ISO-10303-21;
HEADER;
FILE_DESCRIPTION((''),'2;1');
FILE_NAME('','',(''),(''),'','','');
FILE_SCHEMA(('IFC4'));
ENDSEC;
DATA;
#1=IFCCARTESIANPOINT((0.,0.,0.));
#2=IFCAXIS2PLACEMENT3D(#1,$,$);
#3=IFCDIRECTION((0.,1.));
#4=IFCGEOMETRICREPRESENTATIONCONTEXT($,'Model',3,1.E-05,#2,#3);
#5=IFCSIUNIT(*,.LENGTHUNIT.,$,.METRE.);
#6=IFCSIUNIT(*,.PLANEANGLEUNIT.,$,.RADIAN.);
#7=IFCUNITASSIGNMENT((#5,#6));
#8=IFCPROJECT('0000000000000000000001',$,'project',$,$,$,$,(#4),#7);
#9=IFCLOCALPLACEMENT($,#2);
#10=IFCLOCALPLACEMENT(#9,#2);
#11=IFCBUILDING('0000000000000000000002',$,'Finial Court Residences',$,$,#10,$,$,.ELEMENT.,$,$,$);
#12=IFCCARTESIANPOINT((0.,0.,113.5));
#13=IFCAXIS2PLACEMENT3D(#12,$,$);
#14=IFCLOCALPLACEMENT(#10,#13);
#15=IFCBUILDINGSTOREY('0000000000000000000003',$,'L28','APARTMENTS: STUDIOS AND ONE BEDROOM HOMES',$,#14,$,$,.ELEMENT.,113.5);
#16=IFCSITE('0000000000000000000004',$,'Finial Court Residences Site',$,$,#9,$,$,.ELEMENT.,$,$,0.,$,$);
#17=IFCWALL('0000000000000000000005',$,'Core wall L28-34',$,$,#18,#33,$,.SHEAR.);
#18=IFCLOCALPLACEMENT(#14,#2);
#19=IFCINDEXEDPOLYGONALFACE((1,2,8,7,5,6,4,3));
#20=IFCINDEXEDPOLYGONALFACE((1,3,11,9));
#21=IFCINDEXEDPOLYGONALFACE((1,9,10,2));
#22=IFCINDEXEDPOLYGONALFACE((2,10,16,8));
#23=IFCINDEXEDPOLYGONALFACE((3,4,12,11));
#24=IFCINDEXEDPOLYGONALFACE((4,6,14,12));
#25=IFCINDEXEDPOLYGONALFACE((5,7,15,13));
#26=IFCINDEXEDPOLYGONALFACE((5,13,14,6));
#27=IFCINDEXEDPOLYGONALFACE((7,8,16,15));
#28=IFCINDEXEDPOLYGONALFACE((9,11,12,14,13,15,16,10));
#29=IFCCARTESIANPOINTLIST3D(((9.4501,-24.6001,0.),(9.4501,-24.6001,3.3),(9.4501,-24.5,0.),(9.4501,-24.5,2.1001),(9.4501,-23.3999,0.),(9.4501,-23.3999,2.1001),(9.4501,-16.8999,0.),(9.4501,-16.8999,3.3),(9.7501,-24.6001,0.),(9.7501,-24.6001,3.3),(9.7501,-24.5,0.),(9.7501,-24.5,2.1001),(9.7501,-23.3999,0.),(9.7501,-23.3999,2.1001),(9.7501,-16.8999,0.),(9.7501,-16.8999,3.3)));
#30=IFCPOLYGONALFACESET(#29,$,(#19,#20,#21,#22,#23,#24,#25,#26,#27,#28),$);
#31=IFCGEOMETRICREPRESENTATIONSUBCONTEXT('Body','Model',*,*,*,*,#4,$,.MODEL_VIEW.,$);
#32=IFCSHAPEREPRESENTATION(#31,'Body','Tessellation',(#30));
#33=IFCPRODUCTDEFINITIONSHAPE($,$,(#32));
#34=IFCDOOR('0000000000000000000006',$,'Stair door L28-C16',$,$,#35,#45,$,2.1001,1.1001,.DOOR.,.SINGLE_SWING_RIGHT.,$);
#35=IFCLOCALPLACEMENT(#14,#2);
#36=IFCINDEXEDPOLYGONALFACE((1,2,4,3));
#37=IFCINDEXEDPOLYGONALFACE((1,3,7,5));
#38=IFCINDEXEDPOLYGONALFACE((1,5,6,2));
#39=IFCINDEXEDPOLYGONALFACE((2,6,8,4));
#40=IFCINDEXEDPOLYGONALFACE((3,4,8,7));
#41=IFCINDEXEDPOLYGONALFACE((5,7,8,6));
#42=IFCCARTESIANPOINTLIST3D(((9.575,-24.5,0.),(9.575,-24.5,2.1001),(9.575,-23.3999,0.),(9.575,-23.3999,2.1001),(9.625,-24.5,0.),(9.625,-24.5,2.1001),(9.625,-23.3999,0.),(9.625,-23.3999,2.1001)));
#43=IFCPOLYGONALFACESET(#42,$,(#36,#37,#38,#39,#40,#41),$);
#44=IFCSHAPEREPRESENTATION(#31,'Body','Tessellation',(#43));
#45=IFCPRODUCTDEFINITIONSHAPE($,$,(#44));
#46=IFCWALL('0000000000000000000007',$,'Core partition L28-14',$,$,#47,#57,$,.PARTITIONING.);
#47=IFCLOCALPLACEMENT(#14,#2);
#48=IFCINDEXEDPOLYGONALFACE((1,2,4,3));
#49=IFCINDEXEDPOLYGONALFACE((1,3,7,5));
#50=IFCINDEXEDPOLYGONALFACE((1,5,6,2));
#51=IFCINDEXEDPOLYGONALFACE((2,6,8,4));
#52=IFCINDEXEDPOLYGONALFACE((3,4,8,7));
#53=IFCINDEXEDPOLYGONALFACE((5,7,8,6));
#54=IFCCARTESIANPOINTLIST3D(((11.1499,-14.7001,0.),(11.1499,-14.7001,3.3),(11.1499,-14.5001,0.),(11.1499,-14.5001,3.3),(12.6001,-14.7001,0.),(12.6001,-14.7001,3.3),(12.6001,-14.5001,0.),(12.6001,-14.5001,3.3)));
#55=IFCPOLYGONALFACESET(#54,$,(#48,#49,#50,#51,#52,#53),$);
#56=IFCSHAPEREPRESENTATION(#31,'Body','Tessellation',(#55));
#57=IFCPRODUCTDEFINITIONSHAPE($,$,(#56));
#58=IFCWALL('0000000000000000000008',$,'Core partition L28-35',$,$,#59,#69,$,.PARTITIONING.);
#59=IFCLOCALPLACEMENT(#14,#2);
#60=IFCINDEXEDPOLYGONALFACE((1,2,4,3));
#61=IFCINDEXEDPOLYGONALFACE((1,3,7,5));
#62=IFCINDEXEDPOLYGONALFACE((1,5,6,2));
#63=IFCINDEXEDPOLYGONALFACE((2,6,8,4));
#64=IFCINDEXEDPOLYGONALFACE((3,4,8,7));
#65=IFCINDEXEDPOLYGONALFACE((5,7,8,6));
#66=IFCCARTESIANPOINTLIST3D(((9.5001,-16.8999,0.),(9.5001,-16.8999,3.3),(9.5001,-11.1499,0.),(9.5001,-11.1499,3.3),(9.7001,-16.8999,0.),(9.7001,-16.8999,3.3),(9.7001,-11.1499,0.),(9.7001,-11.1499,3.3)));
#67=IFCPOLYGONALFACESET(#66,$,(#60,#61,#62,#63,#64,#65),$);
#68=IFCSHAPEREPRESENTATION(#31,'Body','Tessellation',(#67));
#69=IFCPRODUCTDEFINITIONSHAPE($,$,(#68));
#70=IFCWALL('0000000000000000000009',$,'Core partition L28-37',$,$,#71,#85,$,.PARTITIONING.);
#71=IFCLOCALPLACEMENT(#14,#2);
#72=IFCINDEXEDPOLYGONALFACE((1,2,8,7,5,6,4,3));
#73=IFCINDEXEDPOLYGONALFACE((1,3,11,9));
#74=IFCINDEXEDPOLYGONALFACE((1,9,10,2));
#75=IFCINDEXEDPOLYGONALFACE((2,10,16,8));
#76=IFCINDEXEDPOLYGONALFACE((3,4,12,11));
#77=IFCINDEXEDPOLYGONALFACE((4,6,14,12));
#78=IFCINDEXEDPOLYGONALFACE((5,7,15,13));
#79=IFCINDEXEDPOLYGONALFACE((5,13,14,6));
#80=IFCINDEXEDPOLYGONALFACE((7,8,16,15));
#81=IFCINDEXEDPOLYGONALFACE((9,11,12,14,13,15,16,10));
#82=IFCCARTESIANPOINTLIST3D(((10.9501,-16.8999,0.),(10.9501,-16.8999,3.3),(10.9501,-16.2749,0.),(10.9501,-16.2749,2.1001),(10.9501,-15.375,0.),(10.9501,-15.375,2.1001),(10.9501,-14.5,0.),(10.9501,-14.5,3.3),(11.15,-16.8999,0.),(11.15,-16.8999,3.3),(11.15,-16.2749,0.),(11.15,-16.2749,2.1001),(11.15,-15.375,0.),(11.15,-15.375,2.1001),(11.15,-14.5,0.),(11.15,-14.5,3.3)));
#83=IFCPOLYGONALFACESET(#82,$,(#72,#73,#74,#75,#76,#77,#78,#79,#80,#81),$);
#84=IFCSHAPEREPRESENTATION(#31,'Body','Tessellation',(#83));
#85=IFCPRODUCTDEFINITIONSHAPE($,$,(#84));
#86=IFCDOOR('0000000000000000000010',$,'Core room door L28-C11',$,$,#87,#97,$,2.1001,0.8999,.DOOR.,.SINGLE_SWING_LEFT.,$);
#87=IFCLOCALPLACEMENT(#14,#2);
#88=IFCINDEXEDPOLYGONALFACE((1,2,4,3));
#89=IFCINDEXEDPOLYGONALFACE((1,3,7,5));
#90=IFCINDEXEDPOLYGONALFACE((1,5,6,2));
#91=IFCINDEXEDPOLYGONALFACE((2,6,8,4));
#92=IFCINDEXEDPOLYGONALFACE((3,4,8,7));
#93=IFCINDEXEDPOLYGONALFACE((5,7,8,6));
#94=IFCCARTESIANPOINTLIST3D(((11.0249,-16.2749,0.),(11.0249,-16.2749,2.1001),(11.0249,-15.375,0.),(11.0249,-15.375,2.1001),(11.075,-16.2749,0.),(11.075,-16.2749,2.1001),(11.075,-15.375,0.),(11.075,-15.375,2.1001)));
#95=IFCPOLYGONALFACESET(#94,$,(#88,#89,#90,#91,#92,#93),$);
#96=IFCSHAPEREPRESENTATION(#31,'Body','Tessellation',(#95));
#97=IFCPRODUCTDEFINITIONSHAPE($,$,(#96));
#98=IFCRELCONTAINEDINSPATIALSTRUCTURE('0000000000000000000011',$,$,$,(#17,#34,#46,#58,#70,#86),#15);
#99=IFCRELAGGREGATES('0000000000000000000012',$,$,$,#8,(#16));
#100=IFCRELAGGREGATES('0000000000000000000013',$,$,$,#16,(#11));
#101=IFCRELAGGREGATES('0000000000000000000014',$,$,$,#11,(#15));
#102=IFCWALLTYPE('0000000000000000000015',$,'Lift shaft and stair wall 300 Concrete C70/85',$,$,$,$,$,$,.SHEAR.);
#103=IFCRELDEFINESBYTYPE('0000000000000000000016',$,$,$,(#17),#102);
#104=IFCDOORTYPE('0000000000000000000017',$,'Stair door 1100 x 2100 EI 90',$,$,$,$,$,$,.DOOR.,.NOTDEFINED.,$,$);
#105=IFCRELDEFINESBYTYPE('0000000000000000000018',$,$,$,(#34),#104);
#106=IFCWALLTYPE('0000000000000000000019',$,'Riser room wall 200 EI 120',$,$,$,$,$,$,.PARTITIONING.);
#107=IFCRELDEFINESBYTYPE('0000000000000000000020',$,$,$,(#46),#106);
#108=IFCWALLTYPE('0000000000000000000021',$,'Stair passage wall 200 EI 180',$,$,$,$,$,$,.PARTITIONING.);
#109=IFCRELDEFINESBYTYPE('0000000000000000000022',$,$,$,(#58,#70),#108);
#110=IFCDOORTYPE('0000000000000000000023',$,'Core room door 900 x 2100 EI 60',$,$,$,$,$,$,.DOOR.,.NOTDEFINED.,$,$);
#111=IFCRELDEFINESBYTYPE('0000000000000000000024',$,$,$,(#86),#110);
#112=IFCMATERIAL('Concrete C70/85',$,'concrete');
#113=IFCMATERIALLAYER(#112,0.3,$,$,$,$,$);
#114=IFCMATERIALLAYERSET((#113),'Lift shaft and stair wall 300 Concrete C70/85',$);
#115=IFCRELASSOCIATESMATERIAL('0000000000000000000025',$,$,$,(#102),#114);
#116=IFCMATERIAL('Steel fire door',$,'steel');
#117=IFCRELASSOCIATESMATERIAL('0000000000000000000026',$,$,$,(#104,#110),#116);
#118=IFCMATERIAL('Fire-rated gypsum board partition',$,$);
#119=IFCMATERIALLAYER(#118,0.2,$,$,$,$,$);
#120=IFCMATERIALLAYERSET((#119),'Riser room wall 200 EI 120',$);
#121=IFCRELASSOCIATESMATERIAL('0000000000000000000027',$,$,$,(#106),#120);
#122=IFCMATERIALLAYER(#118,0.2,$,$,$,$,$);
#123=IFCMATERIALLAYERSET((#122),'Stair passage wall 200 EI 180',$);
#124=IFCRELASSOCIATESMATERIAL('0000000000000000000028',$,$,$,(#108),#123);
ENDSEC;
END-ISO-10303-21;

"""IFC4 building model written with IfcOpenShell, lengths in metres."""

from ifc_helpers import new_model, si_unit, direction, frame, frame_2d, origin, place, context, subcontext, project, spatial, rectangle, extrude, material, layer, layer_set, type_object, element, fill, save


model = new_model("IFC4")

# Units and contexts
model_context = context("Model", 3, precision=1e-05, world=origin(), true_north=direction((0.0, 1.0)))
body_context = subcontext(model_context, "Body", "Model", "MODEL_VIEW")
ifc_project = project(units=[si_unit("LENGTHUNIT", "METRE"), si_unit("PLANEANGLEUNIT", "RADIAN")], contexts=[model_context])

# Site, building, storey
site_placement = place(None, origin())
site = spatial("IfcSite", under=ifc_project, at=site_placement, Name="Finial Court Residences Site", CompositionType="ELEMENT", RefElevation=0.0)
building_placement = place(site_placement, origin())
building = spatial("IfcBuilding", under=site, at=building_placement, Name="Finial Court Residences", CompositionType="ELEMENT")
storey_placement = place(building_placement, frame((0.0, 0.0, 113.5)))
storey = spatial("IfcBuildingStorey", under=building, at=storey_placement, Name="L28", Description="APARTMENTS: STUDIOS AND ONE BEDROOM HOMES", CompositionType="ELEMENT", Elevation=113.5)

# Shared definitions
ifc_material_1 = material(Name="Fire-rated gypsum board partition")

# Shared definitions
ifc_material_2 = material(Name="Steel fire door", Category="steel")

# Shared definitions
ifc_material_3 = material(Name="Concrete C70/85", Category="concrete")
ifc_layer_1 = layer(ifc_material_3, 0.3)
ifc_layer_set_1 = layer_set([ifc_layer_1], Name="Lift shaft and stair wall 300 Concrete C70/85")
wall_type_1 = type_object("IfcWallType", Name="Lift shaft and stair wall 300 Concrete C70/85", PredefinedType="SHEAR", material=ifc_layer_set_1)

# Wall, opening, door
wall_1_placement = place(storey_placement, frame((9.6001, -16.8999, 0.0), z_axis=(0.0, 0.0, 1.0), x_axis=(0.0, -1.0, 0.0)))
wall_1 = element("IfcWall", 1, at=wall_1_placement, inside=storey, type_object=wall_type_1, Name="Core wall L28-34", PredefinedType="SHEAR", context=body_context, shape_type="SweptSolid", body=[
    extrude(rectangle(XDim=7.7002, YDim=0.3, at=frame_2d((3.8501, 0.0))), origin(), (0.0, 0.0, 1.0), 3.3),
])
opening_1_placement = place(wall_1_placement, frame((6.5, 0.0, 0.0)))
opening_1 = element("IfcOpeningElement", 2, at=opening_1_placement, cuts=wall_1, PredefinedType="OPENING", context=body_context, shape_type="SweptSolid", body=[
    extrude(rectangle(XDim=1.1001, YDim=2.1001, at=frame_2d((0.55, 1.05))), frame((0.0, 0.1599, 0.0), z_axis=(0.0, -1.0, 0.0), x_axis=(1.0, 0.0, 0.0)), (0.0, 0.0, 1.0), 0.3201),
])
door_type_1 = type_object("IfcDoorType", Name="Stair door 1100 x 2100 EI 90", OperationType="NOTDEFINED", PredefinedType="DOOR", material=ifc_material_2)
door_1_placement = place(opening_1_placement, origin())
door_1 = element("IfcDoor", 3, at=door_1_placement, inside=storey, type_object=door_type_1, Name="Stair door L28-C16", OperationType="SINGLE_SWING_RIGHT", OverallHeight=2.1001, OverallWidth=1.1001, PredefinedType="DOOR", context=body_context, shape_type="SweptSolid", body=[
    extrude(rectangle(XDim=1.1001, YDim=2.1001, at=frame_2d((0.55, 1.05))), frame((0.0, 0.0249, 0.0), z_axis=(0.0, -1.0, 0.0), x_axis=(1.0, 0.0, 0.0)), (0.0, 0.0, 1.0), 0.05),
])
fill(opening_1, door_1)

# Walls
ifc_layer_2 = layer(ifc_material_1, 0.2)
ifc_layer_set_2 = layer_set([ifc_layer_2], Name="Riser room wall 200 EI 120")
wall_type_2 = type_object("IfcWallType", Name="Riser room wall 200 EI 120", PredefinedType="PARTITIONING", material=ifc_layer_set_2)
wall_2_placement = place(storey_placement, frame((11.1499, -14.6001, 0.0), z_axis=(0.0, 0.0, 1.0), x_axis=(1.0, 0.0, 0.0)))
element("IfcWall", 4, at=wall_2_placement, inside=storey, type_object=wall_type_2, Name="Core partition L28-14", PredefinedType="PARTITIONING", context=body_context, shape_type="SweptSolid", body=[
    extrude(rectangle(XDim=1.4502, YDim=0.2, at=frame_2d((0.7251, 0.0))), origin(), (0.0, 0.0, 1.0), 3.3),
])
ifc_layer_3 = layer(ifc_material_1, 0.2)
ifc_layer_set_3 = layer_set([ifc_layer_3], Name="Stair passage wall 200 EI 180")
wall_type_3 = type_object("IfcWallType", Name="Stair passage wall 200 EI 180", PredefinedType="PARTITIONING", material=ifc_layer_set_3)
wall_3_placement = place(storey_placement, frame((9.6001, -16.8999, 0.0), z_axis=(0.0, 0.0, 1.0), x_axis=(0.0, 1.0, 0.0)))
element("IfcWall", 5, at=wall_3_placement, inside=storey, type_object=wall_type_3, Name="Core partition L28-35", PredefinedType="PARTITIONING", context=body_context, shape_type="SweptSolid", body=[
    extrude(rectangle(XDim=5.75, YDim=0.2, at=frame_2d((2.875, 0.0))), origin(), (0.0, 0.0, 1.0), 3.3),
])

# Wall, opening, door
wall_4_placement = place(storey_placement, frame((11.05, -14.5, 0.0), z_axis=(0.0, 0.0, 1.0), x_axis=(0.0, -1.0, 0.0)))
wall_4 = element("IfcWall", 6, at=wall_4_placement, inside=storey, type_object=wall_type_3, Name="Core partition L28-37", PredefinedType="PARTITIONING", context=body_context, shape_type="SweptSolid", body=[
    extrude(rectangle(XDim=2.3999, YDim=0.2, at=frame_2d((1.2, 0.0))), origin(), (0.0, 0.0, 1.0), 3.3),
])
opening_2_placement = place(wall_4_placement, frame((0.875, 0.0, 0.0)))
opening_2 = element("IfcOpeningElement", 7, at=opening_2_placement, cuts=wall_4, PredefinedType="OPENING", context=body_context, shape_type="SweptSolid", body=[
    extrude(rectangle(XDim=0.8999, YDim=2.1001, at=frame_2d((0.45, 1.05))), frame((0.0, 0.1099, 0.0), z_axis=(0.0, -1.0, 0.0), x_axis=(1.0, 0.0, 0.0)), (0.0, 0.0, 1.0), 0.22),
])
door_type_2 = type_object("IfcDoorType", Name="Core room door 900 x 2100 EI 60", OperationType="NOTDEFINED", PredefinedType="DOOR", material=ifc_material_2)
door_2_placement = place(opening_2_placement, origin())
door_2 = element("IfcDoor", 8, at=door_2_placement, inside=storey, type_object=door_type_2, Name="Core room door L28-C11", OperationType="SINGLE_SWING_LEFT", OverallHeight=2.1001, OverallWidth=0.8999, PredefinedType="DOOR", context=body_context, shape_type="SweptSolid", body=[
    extrude(rectangle(XDim=0.8999, YDim=2.1001, at=frame_2d((0.45, 1.05))), frame((0.0, 0.0249, 0.0), z_axis=(0.0, -1.0, 0.0), x_axis=(1.0, 0.0, 0.0)), (0.0, 0.0, 1.0), 0.05),
])
fill(opening_2, door_2)

save(model, "model.ifc")
